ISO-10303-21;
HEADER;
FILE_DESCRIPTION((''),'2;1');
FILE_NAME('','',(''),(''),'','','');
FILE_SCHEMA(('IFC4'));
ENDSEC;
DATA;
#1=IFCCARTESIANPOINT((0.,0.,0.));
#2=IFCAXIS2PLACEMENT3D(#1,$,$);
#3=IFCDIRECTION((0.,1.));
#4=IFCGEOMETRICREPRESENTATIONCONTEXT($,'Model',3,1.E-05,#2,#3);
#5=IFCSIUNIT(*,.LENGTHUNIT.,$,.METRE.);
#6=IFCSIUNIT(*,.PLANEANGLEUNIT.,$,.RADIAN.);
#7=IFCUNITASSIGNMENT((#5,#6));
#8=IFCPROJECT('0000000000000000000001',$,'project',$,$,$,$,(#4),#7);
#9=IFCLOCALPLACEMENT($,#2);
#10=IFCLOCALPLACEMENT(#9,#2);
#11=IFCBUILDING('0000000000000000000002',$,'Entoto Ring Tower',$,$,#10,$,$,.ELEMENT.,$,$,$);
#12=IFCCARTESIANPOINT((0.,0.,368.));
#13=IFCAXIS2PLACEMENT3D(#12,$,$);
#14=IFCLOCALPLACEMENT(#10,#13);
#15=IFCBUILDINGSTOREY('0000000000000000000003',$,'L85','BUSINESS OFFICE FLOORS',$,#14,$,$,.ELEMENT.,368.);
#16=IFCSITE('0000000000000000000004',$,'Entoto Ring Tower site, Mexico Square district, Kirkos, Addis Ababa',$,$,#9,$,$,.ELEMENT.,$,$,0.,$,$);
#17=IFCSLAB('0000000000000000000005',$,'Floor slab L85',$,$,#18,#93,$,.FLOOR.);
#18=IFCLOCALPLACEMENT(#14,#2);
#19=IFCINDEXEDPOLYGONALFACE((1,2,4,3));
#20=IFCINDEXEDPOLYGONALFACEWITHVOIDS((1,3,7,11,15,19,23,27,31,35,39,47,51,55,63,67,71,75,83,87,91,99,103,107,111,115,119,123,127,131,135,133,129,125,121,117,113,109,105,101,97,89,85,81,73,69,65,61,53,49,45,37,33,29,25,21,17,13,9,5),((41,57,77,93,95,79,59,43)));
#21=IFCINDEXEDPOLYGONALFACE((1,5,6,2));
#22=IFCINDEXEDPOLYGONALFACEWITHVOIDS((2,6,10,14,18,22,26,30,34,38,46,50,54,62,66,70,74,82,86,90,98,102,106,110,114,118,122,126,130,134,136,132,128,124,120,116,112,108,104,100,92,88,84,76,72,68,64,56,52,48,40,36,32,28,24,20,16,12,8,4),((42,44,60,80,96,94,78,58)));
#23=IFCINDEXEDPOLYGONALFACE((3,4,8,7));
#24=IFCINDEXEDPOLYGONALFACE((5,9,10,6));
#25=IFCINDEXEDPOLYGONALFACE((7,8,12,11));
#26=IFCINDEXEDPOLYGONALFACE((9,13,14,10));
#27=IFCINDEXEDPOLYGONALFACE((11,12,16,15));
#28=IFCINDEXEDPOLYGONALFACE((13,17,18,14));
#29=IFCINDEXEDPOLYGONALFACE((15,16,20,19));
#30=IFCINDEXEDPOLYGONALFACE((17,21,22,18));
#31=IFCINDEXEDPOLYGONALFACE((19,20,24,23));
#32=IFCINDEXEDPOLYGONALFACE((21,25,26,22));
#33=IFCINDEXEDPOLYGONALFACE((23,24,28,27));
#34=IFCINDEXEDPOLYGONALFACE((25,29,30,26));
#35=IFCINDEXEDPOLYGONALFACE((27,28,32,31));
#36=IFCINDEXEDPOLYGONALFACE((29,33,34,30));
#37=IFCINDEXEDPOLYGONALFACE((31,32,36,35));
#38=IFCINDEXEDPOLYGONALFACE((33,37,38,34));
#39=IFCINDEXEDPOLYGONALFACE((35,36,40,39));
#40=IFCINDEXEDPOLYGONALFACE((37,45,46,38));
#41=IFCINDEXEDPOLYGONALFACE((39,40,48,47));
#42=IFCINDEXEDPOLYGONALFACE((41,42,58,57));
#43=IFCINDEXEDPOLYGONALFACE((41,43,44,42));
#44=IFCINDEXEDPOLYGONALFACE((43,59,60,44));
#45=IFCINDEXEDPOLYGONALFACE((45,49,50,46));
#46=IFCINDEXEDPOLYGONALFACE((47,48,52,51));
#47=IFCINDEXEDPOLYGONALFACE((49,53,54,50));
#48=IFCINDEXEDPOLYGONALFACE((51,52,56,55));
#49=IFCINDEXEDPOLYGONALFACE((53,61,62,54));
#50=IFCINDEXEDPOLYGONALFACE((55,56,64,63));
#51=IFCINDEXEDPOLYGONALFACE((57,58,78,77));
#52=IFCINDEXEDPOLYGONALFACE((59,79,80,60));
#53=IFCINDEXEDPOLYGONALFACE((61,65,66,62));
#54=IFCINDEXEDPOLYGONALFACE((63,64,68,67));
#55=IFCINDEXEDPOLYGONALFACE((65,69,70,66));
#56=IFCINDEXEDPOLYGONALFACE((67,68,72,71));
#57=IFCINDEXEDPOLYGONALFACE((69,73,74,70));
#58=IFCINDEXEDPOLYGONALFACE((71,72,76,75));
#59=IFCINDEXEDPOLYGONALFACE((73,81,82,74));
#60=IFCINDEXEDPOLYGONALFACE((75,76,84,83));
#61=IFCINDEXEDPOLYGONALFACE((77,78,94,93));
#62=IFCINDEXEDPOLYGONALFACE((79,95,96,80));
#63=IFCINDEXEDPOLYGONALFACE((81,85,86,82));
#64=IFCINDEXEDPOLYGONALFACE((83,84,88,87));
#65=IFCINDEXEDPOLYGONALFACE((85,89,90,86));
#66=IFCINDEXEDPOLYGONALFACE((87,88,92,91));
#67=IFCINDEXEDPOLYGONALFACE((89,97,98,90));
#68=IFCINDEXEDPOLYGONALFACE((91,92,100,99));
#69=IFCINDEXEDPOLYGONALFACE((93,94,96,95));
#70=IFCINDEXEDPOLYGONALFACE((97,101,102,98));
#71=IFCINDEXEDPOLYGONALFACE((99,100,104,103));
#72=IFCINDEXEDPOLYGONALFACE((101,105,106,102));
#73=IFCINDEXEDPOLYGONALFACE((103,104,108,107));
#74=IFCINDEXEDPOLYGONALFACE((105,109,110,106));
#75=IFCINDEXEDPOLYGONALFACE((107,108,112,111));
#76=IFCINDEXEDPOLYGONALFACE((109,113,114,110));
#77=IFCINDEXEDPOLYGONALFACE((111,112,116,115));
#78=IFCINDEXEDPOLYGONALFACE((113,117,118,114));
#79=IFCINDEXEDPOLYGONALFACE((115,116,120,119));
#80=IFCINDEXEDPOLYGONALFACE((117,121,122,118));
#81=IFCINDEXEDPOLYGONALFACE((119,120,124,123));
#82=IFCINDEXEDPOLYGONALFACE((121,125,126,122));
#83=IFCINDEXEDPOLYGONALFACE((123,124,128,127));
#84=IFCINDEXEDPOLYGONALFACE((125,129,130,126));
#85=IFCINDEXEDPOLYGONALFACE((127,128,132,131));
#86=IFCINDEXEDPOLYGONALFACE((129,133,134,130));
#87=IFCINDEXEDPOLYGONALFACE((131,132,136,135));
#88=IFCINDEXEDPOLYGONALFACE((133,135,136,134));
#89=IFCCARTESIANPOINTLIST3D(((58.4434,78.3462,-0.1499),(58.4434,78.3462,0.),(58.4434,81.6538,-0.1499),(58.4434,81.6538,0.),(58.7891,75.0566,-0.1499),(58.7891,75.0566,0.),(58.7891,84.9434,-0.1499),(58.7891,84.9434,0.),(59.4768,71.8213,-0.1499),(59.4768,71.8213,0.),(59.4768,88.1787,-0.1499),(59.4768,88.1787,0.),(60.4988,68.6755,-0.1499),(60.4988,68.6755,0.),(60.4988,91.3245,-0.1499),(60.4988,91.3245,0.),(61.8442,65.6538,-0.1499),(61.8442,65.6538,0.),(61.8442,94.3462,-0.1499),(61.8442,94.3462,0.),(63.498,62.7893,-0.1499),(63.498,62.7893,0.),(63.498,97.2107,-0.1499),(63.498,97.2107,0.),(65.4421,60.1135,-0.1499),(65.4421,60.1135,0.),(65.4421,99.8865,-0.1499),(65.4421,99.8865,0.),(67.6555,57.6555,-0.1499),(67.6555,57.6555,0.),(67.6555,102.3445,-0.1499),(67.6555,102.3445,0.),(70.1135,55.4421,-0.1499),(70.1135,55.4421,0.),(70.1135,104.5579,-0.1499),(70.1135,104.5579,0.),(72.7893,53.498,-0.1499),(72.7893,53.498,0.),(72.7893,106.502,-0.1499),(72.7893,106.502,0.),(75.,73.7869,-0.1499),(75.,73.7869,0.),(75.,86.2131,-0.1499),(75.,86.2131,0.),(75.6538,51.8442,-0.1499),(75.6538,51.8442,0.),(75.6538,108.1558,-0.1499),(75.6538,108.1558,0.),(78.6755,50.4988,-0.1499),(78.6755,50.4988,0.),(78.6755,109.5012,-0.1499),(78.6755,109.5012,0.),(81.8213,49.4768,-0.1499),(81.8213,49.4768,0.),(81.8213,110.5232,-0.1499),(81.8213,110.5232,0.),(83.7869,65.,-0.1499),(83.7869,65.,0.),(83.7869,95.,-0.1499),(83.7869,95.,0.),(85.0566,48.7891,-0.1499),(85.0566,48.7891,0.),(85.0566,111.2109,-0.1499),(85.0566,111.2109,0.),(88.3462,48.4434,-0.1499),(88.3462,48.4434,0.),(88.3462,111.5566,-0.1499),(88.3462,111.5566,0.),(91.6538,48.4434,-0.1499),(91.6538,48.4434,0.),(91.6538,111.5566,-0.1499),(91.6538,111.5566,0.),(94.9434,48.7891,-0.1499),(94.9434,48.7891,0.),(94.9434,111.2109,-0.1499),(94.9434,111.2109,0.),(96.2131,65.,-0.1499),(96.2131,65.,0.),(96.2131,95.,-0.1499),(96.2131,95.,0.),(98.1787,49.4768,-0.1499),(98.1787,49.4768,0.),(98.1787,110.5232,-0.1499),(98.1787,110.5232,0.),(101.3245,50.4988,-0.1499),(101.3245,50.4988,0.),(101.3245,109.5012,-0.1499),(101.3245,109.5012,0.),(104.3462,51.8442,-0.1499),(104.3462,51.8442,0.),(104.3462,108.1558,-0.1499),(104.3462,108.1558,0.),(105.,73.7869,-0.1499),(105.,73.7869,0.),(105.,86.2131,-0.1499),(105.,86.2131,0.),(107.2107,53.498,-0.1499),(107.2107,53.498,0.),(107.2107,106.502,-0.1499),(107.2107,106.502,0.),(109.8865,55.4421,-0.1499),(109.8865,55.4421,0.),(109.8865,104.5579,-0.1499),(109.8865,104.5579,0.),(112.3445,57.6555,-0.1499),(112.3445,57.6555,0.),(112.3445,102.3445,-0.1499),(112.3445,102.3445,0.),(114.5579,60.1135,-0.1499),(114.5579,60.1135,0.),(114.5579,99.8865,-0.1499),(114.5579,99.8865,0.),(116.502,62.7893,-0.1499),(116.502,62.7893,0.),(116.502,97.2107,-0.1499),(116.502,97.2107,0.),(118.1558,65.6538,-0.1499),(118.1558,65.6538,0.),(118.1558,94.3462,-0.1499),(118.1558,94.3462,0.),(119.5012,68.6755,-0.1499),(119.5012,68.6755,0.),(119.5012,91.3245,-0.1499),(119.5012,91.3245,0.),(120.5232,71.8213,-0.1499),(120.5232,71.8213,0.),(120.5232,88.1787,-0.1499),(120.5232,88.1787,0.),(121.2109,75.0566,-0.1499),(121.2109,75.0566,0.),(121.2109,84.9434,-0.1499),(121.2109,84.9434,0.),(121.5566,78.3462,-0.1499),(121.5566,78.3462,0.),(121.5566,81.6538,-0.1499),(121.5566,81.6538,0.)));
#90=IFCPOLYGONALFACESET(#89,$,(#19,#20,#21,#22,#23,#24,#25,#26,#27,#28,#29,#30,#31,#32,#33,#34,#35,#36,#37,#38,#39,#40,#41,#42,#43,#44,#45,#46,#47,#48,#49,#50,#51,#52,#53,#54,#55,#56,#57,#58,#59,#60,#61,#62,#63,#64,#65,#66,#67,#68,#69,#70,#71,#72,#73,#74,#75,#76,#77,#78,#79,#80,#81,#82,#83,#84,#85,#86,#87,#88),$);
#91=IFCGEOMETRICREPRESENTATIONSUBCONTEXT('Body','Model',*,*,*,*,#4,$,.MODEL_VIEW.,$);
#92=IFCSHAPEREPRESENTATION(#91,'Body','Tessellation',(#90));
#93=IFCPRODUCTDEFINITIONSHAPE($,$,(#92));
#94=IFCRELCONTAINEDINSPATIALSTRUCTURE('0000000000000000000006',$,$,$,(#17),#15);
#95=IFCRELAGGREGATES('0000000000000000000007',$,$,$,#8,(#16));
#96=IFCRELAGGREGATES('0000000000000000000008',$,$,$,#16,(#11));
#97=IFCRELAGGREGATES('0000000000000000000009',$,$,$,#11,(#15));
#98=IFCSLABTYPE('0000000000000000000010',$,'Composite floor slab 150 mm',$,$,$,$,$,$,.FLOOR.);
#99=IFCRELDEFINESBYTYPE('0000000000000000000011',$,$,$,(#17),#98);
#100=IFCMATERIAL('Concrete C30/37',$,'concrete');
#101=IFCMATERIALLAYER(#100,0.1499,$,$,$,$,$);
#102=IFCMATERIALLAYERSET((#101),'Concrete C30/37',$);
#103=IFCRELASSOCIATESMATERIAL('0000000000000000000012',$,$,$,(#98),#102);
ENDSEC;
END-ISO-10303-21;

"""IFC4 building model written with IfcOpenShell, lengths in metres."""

from ifc_helpers import new_model, si_unit, direction, frame, origin, place, context, subcontext, project, spatial, polyline, outline, extrude, material, layer, layer_set, type_object, element, save


model = new_model("IFC4")

# Units and contexts
model_context = context("Model", 3, precision=1e-05, world=origin(), true_north=direction((0.0, 1.0)))
body_context = subcontext(model_context, "Body", "Model", "MODEL_VIEW")
ifc_project = project(units=[si_unit("LENGTHUNIT", "METRE"), si_unit("PLANEANGLEUNIT", "RADIAN")], contexts=[model_context])

# Site, building, storey
site_placement = place(None, origin())
building_placement = place(site_placement, origin())
storey_placement = place(building_placement, frame((0.0, 0.0, 368.0)))
site = spatial("IfcSite", under=ifc_project, at=site_placement, Name="Entoto Ring Tower site, Mexico Square district, Kirkos, Addis Ababa", CompositionType="ELEMENT", RefElevation=0.0)
building = spatial("IfcBuilding", under=site, at=building_placement, Name="Entoto Ring Tower", CompositionType="ELEMENT")
storey = spatial("IfcBuildingStorey", under=building, at=storey_placement, Name="L85", Description="BUSINESS OFFICE FLOORS", CompositionType="ELEMENT", Elevation=368.0)

# Slab
ifc_material_1 = material(Name="Concrete C30/37", Category="concrete")
ifc_layer_1 = layer(ifc_material_1, 0.1499)
ifc_layer_set_1 = layer_set([ifc_layer_1], Name="Concrete C30/37")
slab_type = type_object("IfcSlabType", Name="Composite floor slab 150 mm", PredefinedType="FLOOR", material=ifc_layer_set_1)
slab_placement = place(storey_placement, frame((0.0, 0.0, -0.1499)))
element("IfcSlab", 1, at=slab_placement, inside=storey, type_object=slab_type, Name="Floor slab L85", PredefinedType="FLOOR", context=body_context, shape_type="SweptSolid", body=[
    extrude(outline(polyline([(121.2109, 84.9434), (120.5232, 88.1787), (119.5012, 91.3245), (118.1558, 94.3462), (116.502, 97.2107), (114.5579, 99.8865), (112.3445, 102.3445), (109.8865, 104.5579), (107.2107, 106.502), (104.3462, 108.1558), (101.3245, 109.5012), (98.1787, 110.5232), (94.9434, 111.2109), (91.6538, 111.5566), (88.3462, 111.5566), (85.0566, 111.2109), (81.8213, 110.5232), (78.6755, 109.5012), (75.6538, 108.1558), (72.7893, 106.502), (70.1135, 104.5579), (67.6555, 102.3445), (65.4421, 99.8865), (63.498, 97.2107), (61.8442, 94.3462), (60.4988, 91.3245), (59.4768, 88.1787), (58.7891, 84.9434), (58.4434, 81.6538), (58.4434, 78.3462), (58.7891, 75.0566), (59.4768, 71.8213), (60.4988, 68.6755), (61.8442, 65.6538), (63.498, 62.7893), (65.4421, 60.1135), (67.6555, 57.6555), (70.1135, 55.4421), (72.7893, 53.498), (75.6538, 51.8442), (78.6755, 50.4988), (81.8213, 49.4768), (85.0566, 48.7891), (88.3462, 48.4434), (91.6538, 48.4434), (94.9434, 48.7891), (98.1787, 49.4768), (101.3245, 50.4988), (104.3462, 51.8442), (107.2107, 53.498), (109.8865, 55.4421), (112.3445, 57.6555), (114.5579, 60.1135), (116.502, 62.7893), (118.1558, 65.6538), (119.5012, 68.6755), (120.5232, 71.8213), (121.2109, 75.0566), (121.5566, 78.3462), (121.5566, 81.6538), (121.2109, 84.9434)]), holes=[polyline([(105.0, 73.7869), (105.0, 86.2131), (96.2131, 95.0), (83.7869, 95.0), (75.0, 86.2131), (75.0, 73.7869), (83.7869, 65.0), (96.2131, 65.0), (105.0, 73.7869)])]), origin(), (0.0, 0.0, 1.0), 0.1499),
])

save(model, "model.ifc")
